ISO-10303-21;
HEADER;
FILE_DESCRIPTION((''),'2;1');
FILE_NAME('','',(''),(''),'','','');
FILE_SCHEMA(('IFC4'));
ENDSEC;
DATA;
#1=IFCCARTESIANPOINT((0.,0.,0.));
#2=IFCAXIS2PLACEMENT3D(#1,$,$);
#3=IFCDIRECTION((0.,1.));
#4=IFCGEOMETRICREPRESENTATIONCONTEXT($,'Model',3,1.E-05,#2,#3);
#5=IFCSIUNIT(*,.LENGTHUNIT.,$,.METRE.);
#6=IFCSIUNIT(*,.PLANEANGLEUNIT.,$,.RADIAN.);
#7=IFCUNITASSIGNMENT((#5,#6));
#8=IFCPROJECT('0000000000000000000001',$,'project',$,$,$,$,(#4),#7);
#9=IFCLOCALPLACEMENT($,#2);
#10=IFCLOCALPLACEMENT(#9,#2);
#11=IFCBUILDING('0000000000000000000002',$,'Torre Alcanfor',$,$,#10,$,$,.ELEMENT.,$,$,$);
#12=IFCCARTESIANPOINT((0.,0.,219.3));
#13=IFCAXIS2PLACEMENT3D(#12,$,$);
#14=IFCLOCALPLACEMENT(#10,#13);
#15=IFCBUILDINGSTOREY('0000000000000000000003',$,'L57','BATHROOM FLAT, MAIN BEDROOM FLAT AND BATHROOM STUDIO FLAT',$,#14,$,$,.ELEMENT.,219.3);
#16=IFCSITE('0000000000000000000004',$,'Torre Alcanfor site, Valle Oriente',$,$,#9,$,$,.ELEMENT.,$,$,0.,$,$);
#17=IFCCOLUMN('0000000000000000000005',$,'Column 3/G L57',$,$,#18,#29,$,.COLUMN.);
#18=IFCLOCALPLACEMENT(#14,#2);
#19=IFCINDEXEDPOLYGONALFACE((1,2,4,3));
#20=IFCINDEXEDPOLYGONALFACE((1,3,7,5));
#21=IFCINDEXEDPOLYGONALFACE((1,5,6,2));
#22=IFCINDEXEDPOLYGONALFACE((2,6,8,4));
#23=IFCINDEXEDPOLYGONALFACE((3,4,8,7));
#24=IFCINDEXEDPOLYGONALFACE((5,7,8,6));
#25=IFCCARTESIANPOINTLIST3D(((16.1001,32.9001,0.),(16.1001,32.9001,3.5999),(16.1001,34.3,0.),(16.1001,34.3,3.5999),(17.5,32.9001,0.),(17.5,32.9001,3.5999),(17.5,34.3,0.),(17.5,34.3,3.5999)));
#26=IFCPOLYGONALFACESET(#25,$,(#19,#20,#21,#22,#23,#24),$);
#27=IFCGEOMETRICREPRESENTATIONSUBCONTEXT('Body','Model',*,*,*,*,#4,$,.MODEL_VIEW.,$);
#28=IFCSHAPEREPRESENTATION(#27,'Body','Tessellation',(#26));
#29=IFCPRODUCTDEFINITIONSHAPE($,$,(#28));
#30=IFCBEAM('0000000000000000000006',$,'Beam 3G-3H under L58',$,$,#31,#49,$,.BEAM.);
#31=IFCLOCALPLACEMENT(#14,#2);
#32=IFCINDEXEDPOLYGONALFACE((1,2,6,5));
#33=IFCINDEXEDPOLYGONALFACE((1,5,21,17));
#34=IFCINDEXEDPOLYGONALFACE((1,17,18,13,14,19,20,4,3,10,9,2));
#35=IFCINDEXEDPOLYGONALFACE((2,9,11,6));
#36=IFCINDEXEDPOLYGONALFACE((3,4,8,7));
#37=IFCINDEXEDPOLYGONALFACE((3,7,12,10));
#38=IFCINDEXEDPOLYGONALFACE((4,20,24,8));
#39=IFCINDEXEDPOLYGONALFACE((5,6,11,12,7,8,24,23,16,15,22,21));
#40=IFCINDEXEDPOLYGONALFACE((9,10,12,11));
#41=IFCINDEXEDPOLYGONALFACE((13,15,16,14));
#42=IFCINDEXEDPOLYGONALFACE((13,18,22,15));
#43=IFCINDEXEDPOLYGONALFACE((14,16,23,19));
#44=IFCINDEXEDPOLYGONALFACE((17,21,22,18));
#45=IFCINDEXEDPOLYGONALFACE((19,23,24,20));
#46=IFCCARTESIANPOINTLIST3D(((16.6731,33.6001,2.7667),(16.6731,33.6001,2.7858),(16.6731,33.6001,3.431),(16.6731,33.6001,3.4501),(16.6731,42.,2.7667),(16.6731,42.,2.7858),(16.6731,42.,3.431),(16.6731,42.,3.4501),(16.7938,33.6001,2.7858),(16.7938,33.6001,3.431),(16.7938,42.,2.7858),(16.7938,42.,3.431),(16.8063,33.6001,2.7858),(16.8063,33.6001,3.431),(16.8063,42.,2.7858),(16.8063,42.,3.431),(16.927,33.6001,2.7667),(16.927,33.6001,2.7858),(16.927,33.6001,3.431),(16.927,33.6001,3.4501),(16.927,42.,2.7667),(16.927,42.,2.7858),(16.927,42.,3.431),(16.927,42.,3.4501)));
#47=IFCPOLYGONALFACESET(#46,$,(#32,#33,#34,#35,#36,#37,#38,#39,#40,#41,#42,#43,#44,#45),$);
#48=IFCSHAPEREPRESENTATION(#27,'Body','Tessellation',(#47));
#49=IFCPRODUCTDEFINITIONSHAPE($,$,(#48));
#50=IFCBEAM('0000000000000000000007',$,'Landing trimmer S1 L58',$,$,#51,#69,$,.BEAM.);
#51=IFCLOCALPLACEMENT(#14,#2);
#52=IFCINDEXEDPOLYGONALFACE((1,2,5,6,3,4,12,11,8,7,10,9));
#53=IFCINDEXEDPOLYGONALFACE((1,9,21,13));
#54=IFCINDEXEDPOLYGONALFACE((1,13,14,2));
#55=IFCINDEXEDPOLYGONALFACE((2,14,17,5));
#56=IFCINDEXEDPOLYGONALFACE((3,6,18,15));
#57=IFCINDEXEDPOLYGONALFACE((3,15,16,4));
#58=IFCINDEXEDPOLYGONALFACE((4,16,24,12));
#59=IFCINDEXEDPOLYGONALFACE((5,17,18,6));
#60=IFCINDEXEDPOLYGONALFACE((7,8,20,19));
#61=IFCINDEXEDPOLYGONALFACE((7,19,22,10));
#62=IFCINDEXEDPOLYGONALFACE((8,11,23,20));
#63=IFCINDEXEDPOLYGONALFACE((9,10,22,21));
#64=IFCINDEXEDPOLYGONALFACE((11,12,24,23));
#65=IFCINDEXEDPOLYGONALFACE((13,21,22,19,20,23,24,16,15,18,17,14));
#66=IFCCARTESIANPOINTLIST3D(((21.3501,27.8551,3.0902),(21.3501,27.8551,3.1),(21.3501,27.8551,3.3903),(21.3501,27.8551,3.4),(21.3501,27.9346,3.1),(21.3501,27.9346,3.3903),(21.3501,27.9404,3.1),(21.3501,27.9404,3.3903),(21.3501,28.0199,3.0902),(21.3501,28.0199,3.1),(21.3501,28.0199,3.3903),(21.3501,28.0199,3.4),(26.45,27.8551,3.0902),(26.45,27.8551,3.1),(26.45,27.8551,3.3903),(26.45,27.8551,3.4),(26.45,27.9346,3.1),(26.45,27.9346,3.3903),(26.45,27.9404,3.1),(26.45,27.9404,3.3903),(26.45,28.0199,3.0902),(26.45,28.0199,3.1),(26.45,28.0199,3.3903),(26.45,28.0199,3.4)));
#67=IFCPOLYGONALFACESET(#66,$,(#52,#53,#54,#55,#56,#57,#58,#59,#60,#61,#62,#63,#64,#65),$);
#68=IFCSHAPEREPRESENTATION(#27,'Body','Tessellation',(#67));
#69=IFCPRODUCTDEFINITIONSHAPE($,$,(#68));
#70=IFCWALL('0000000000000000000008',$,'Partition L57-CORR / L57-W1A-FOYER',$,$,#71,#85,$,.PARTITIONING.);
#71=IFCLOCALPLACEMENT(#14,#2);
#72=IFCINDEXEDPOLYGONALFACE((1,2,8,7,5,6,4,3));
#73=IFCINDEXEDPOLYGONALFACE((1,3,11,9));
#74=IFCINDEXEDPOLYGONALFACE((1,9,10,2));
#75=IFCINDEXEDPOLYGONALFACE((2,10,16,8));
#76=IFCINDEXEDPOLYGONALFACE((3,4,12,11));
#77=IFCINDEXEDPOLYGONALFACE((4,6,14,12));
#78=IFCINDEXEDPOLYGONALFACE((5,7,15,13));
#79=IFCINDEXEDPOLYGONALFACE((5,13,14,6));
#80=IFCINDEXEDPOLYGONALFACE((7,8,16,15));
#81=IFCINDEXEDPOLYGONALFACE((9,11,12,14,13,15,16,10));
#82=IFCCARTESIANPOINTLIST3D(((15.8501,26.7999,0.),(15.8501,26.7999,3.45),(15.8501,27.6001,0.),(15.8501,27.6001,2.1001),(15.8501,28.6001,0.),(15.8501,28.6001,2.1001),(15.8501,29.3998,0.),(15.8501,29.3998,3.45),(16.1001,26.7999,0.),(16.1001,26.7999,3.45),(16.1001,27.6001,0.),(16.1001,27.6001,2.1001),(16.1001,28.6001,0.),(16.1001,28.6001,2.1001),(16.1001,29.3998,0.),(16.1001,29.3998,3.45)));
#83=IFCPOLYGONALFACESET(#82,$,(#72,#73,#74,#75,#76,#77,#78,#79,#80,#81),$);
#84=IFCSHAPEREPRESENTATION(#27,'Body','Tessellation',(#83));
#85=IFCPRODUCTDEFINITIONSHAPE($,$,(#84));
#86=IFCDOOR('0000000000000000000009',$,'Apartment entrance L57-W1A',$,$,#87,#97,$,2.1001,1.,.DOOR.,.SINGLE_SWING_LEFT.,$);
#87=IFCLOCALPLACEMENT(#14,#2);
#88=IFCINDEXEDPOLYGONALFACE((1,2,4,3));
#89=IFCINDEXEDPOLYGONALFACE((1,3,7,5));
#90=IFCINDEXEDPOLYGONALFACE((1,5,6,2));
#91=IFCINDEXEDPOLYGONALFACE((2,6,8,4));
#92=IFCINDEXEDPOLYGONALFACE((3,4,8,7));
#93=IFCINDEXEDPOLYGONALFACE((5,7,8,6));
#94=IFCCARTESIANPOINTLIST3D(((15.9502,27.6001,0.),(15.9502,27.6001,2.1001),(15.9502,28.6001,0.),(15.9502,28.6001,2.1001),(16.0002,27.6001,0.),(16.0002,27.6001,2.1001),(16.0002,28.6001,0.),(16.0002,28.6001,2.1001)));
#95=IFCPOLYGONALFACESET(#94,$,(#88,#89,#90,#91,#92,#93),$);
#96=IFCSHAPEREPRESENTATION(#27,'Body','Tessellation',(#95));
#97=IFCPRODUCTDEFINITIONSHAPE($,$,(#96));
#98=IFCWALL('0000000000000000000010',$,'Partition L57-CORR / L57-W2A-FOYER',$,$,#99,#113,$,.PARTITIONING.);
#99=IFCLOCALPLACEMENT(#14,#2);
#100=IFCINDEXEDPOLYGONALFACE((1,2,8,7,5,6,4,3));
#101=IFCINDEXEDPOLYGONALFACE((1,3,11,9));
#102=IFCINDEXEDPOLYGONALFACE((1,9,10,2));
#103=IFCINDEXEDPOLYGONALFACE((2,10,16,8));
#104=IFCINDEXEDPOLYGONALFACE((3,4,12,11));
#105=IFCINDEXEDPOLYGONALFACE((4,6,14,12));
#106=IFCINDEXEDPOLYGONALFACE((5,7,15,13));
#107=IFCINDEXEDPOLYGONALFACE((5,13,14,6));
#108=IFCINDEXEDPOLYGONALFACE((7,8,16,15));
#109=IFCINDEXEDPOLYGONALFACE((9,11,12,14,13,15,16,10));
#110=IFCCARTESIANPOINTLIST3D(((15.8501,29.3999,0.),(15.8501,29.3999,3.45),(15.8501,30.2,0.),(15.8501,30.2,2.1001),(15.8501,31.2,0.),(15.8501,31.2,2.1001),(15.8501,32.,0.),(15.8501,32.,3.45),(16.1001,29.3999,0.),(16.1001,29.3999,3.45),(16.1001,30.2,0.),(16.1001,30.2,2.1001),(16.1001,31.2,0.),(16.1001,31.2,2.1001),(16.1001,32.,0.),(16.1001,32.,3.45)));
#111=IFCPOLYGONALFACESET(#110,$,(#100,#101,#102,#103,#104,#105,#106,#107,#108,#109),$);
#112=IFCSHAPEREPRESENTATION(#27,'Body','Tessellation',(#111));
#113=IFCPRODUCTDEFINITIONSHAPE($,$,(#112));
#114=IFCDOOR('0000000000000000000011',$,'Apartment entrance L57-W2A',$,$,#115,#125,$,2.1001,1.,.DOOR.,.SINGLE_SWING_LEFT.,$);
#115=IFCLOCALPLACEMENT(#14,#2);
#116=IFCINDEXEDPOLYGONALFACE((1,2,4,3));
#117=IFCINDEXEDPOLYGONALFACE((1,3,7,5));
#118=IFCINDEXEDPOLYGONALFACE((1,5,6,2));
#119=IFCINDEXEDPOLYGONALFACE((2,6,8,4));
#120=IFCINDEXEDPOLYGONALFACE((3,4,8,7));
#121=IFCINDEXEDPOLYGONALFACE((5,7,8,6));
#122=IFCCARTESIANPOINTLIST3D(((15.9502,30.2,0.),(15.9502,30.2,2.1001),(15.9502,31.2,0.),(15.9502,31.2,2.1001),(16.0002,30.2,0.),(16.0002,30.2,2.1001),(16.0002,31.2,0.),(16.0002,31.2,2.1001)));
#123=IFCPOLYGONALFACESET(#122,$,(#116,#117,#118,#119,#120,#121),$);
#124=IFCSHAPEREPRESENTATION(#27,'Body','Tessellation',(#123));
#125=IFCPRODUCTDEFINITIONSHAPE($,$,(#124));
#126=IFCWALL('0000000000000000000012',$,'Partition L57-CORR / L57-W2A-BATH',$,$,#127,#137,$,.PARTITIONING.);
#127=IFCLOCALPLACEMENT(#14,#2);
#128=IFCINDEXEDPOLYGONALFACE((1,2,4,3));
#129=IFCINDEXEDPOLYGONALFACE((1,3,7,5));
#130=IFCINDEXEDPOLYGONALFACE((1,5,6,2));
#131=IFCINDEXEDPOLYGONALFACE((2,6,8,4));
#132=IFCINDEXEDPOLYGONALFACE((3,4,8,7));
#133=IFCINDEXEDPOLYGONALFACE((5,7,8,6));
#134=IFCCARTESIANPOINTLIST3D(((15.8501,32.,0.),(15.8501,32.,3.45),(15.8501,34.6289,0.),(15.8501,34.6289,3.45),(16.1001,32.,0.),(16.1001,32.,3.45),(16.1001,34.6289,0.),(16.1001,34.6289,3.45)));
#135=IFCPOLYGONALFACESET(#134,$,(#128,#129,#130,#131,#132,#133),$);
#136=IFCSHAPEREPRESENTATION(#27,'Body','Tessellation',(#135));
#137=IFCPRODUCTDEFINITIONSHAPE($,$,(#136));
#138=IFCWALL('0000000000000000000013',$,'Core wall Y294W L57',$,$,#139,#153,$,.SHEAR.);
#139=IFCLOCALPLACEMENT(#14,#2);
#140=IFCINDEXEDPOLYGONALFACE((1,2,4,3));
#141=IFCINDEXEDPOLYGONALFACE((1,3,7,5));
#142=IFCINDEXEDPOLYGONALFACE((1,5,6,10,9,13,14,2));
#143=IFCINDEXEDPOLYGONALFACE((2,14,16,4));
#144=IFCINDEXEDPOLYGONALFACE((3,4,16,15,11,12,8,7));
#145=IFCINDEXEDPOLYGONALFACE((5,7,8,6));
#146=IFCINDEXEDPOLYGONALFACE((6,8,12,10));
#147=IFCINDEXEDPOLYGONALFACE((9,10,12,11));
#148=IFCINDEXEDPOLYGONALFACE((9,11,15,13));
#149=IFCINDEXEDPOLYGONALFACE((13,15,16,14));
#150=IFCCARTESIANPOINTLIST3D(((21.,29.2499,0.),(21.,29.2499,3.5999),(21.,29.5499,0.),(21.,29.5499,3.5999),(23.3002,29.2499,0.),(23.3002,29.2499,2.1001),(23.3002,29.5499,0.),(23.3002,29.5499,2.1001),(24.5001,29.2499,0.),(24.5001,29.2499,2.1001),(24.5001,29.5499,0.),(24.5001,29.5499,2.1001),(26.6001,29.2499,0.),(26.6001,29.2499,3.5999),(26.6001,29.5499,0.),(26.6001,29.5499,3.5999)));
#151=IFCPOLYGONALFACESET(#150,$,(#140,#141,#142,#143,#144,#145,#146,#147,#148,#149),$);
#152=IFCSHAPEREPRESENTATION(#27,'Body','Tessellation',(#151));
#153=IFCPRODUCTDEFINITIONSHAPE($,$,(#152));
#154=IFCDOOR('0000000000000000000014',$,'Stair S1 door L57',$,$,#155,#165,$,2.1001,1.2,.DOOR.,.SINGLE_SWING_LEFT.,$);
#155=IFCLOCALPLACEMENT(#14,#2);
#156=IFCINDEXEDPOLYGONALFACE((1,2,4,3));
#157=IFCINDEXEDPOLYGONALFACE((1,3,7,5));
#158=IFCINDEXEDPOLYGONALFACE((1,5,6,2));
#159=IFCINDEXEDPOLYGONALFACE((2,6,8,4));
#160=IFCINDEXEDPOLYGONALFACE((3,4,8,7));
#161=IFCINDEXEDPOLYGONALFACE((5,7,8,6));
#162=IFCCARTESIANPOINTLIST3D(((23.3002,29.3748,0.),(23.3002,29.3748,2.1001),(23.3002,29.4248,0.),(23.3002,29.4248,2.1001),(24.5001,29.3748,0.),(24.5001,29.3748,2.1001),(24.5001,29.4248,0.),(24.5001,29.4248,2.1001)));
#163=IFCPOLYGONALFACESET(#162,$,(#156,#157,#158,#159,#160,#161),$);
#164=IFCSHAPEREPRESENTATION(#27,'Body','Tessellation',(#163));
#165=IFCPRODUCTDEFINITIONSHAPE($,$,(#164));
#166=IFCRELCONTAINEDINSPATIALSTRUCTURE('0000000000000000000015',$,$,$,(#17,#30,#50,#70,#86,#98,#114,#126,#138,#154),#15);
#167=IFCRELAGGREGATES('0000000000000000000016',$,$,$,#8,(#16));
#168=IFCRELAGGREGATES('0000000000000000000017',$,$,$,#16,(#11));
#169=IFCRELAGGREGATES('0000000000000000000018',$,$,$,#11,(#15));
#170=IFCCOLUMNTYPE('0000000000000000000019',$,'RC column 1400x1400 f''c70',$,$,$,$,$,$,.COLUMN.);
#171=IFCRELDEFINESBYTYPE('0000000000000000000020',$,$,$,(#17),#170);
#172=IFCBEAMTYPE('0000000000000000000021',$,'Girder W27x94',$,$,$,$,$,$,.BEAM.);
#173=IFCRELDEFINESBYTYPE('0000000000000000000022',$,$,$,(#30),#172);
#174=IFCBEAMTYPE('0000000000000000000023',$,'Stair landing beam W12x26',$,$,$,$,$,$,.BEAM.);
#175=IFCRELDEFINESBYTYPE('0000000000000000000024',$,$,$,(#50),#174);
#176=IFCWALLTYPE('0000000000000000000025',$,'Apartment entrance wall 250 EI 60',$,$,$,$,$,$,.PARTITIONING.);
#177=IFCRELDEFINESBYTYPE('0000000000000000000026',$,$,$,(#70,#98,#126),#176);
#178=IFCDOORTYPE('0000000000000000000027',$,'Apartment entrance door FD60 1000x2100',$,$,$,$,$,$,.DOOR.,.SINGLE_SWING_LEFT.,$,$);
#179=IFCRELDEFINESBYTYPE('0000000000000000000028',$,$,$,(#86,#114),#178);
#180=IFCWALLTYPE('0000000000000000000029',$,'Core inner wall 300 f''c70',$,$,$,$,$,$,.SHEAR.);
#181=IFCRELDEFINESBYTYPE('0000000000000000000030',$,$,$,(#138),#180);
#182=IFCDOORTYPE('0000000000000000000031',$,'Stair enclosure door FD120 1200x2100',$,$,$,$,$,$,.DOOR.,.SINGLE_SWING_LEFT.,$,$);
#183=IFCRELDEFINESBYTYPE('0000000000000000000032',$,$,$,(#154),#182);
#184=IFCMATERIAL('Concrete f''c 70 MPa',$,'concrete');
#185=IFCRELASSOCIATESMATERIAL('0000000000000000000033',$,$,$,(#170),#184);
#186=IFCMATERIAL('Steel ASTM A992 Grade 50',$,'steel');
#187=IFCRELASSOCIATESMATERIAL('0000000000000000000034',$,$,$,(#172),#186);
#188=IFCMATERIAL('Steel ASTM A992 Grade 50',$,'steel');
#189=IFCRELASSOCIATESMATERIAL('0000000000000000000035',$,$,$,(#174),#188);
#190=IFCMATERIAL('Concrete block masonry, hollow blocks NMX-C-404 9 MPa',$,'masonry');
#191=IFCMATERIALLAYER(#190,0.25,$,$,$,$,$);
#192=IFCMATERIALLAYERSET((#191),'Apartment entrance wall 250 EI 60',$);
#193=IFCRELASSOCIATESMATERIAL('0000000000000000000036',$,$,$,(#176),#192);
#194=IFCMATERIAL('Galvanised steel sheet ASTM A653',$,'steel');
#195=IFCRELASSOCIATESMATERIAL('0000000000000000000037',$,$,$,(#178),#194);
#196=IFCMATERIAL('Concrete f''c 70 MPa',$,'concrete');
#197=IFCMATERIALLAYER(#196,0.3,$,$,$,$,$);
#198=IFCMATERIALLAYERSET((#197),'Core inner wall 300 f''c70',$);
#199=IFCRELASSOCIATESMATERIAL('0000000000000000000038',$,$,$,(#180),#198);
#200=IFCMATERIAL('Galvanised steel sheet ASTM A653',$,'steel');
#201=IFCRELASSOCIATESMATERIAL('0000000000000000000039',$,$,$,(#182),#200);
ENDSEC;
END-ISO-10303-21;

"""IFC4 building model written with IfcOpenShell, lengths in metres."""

from ifc_helpers import new_model, si_unit, direction, frame, frame_2d, origin, origin_2d, place, context, subcontext, project, spatial, rectangle, i_section, extrude, material, layer, layer_set, material_profile, profile_set, type_object, element, fill, save


model = new_model("IFC4")

# Units and contexts
model_context = context("Model", 3, precision=1e-05, world=origin(), true_north=direction((0.0, 1.0)))
body_context = subcontext(model_context, "Body", "Model", "MODEL_VIEW")
ifc_project = project(units=[si_unit("LENGTHUNIT", "METRE"), si_unit("PLANEANGLEUNIT", "RADIAN")], contexts=[model_context])

# Site, building, storey
site_placement = place(None, origin())
site = spatial("IfcSite", under=ifc_project, at=site_placement, Name="Torre Alcanfor site, Valle Oriente", CompositionType="ELEMENT", RefElevation=0.0)
building_placement = place(site_placement, origin())
building = spatial("IfcBuilding", under=site, at=building_placement, Name="Torre Alcanfor", CompositionType="ELEMENT")
storey_placement = place(building_placement, frame((0.0, 0.0, 219.3)))
storey = spatial("IfcBuildingStorey", under=building, at=storey_placement, Name="L57", Description="BATHROOM FLAT, MAIN BEDROOM FLAT AND BATHROOM STUDIO FLAT", CompositionType="ELEMENT", Elevation=219.3)

# Column
ifc_material_1 = material(Name="Concrete f'c 70 MPa", Category="concrete")
ifc_material_profile_1 = material_profile(ifc_material_1, rectangle(XDim=1.3999, YDim=1.3999, at=origin_2d()), Name="1400x1400")
ifc_profile_set_1 = profile_set([ifc_material_profile_1], Name="Concrete f'c 70 MPa")
column_type = type_object("IfcColumnType", Name="RC column 1400x1400 f'c70", PredefinedType="COLUMN", material=ifc_profile_set_1)
column_placement = place(storey_placement, frame((16.8, 33.6001, 0.0), z_axis=(0.0, 0.0, 1.0), x_axis=(1.0, 0.0, 0.0)))
element("IfcColumn", 1, at=column_placement, inside=storey, type_object=column_type, Name="Column 3/G L57", PredefinedType="COLUMN", context=body_context, shape_type="SweptSolid", body=[
    extrude(rectangle(XDim=1.3999, YDim=1.3999, at=origin_2d()), origin(), (0.0, 0.0, 1.0), 3.5999),
])

# Beams
ifc_material_2 = material(Name="Steel ASTM A992 Grade 50", Category="steel")
ifc_material_profile_2 = material_profile(ifc_material_2, i_section(OverallWidth=0.2539, OverallDepth=0.6833, WebThickness=0.0125, FlangeThickness=0.019, at=origin_2d()), Name="W27x94")
ifc_profile_set_2 = profile_set([ifc_material_profile_2], Name="Steel ASTM A992 Grade 50")
beam_type_1 = type_object("IfcBeamType", Name="Girder W27x94", PredefinedType="BEAM", material=ifc_profile_set_2)
beam_1_placement = place(storey_placement, frame((16.8, 33.6001, 3.1084), z_axis=(0.0, 1.0, 0.0), x_axis=(-1.0, 0.0, 0.0)))
element("IfcBeam", 2, at=beam_1_placement, inside=storey, type_object=beam_type_1, Name="Beam 3G-3H under L58", PredefinedType="BEAM", context=body_context, shape_type="SweptSolid", body=[
    extrude(i_section(OverallWidth=0.2539, OverallDepth=0.6833, WebThickness=0.0125, FlangeThickness=0.019, at=origin_2d()), origin(), (0.0, 0.0, 1.0), 8.3999),
])
ifc_material_3 = material(Name="Steel ASTM A992 Grade 50", Category="steel")
ifc_material_profile_3 = material_profile(ifc_material_3, i_section(OverallWidth=0.1648, OverallDepth=0.3098, WebThickness=0.0059, FlangeThickness=0.0098, at=origin_2d()), Name="W12x26")
ifc_profile_set_3 = profile_set([ifc_material_profile_3], Name="Steel ASTM A992 Grade 50")
beam_type_2 = type_object("IfcBeamType", Name="Stair landing beam W12x26", PredefinedType="BEAM", material=ifc_profile_set_3)
beam_2_placement = place(storey_placement, frame((21.3501, 27.9375, 3.2451), z_axis=(1.0, 0.0, 0.0), x_axis=(0.0, 1.0, 0.0)))
element("IfcBeam", 3, at=beam_2_placement, inside=storey, type_object=beam_type_2, Name="Landing trimmer S1 L58", PredefinedType="BEAM", context=body_context, shape_type="SweptSolid", body=[
    extrude(i_section(OverallWidth=0.1648, OverallDepth=0.3098, WebThickness=0.0059, FlangeThickness=0.0098, at=origin_2d()), origin(), (0.0, 0.0, 1.0), 5.0999),
])

# Walls, openings, doors
ifc_material_4 = material(Name="Concrete block masonry, hollow blocks NMX-C-404 9 MPa", Category="masonry")
ifc_layer_1 = layer(ifc_material_4, 0.25)
ifc_layer_set_1 = layer_set([ifc_layer_1], Name="Apartment entrance wall 250 EI 60")
wall_type_1 = type_object("IfcWallType", Name="Apartment entrance wall 250 EI 60", PredefinedType="PARTITIONING", material=ifc_layer_set_1)
wall_1_placement = place(storey_placement, frame((15.9751, 26.8, 0.0), z_axis=(0.0, 0.0, 1.0), x_axis=(0.0, 1.0, 0.0)))
wall_1 = element("IfcWall", 4, at=wall_1_placement, inside=storey, type_object=wall_type_1, Name="Partition L57-CORR / L57-W1A-FOYER", PredefinedType="PARTITIONING", context=body_context, shape_type="SweptSolid", body=[
    extrude(rectangle(XDim=2.5999, YDim=0.25, at=frame_2d((1.2998, 0.0))), origin(), (0.0, 0.0, 1.0), 3.45),
])
opening_1_placement = place(wall_1_placement, frame((0.8, 0.0, 0.0)))
opening_1 = element("IfcOpeningElement", 5, at=opening_1_placement, cuts=wall_1, PredefinedType="OPENING", context=body_context, shape_type="SweptSolid", body=[
    extrude(rectangle(XDim=1.0, YDim=2.1001, at=frame_2d((0.5, 1.05))), frame((0.0, 0.135, 0.0), z_axis=(0.0, -1.0, 0.0), x_axis=(1.0, 0.0, 0.0)), (0.0, 0.0, 1.0), 0.27),
])
ifc_material_5 = material(Name="Galvanised steel sheet ASTM A653", Category="steel")
door_type_1 = type_object("IfcDoorType", Name="Apartment entrance door FD60 1000x2100", OperationType="SINGLE_SWING_LEFT", PredefinedType="DOOR", material=ifc_material_5)
door_1_placement = place(opening_1_placement, origin())
door_1 = element("IfcDoor", 6, at=door_1_placement, inside=storey, type_object=door_type_1, Name="Apartment entrance L57-W1A", OperationType="SINGLE_SWING_LEFT", OverallHeight=2.1001, OverallWidth=1.0, PredefinedType="DOOR", context=body_context, shape_type="SweptSolid", body=[
    extrude(rectangle(XDim=1.0, YDim=2.1001, at=frame_2d((0.5, 1.05))), frame((0.0, 0.0249, 0.0), z_axis=(0.0, -1.0, 0.0), x_axis=(1.0, 0.0, 0.0)), (0.0, 0.0, 1.0), 0.05),
])
fill(opening_1, door_1)
wall_2_placement = place(storey_placement, frame((15.9751, 29.3999, 0.0), z_axis=(0.0, 0.0, 1.0), x_axis=(0.0, 1.0, 0.0)))
wall_2 = element("IfcWall", 7, at=wall_2_placement, inside=storey, type_object=wall_type_1, Name="Partition L57-CORR / L57-W2A-FOYER", PredefinedType="PARTITIONING", context=body_context, shape_type="SweptSolid", body=[
    extrude(rectangle(XDim=2.6001, YDim=0.25, at=frame_2d((1.3, 0.0))), origin(), (0.0, 0.0, 1.0), 3.45),
])
opening_2_placement = place(wall_2_placement, frame((0.8, 0.0, 0.0)))
opening_2 = element("IfcOpeningElement", 8, at=opening_2_placement, cuts=wall_2, PredefinedType="OPENING", context=body_context, shape_type="SweptSolid", body=[
    extrude(rectangle(XDim=1.0, YDim=2.1001, at=frame_2d((0.5, 1.05))), frame((0.0, 0.135, 0.0), z_axis=(0.0, -1.0, 0.0), x_axis=(1.0, 0.0, 0.0)), (0.0, 0.0, 1.0), 0.27),
])
door_2_placement = place(opening_2_placement, origin())
door_2 = element("IfcDoor", 9, at=door_2_placement, inside=storey, type_object=door_type_1, Name="Apartment entrance L57-W2A", OperationType="SINGLE_SWING_LEFT", OverallHeight=2.1001, OverallWidth=1.0, PredefinedType="DOOR", context=body_context, shape_type="SweptSolid", body=[
    extrude(rectangle(XDim=1.0, YDim=2.1001, at=frame_2d((0.5, 1.05))), frame((0.0, 0.0249, 0.0), z_axis=(0.0, -1.0, 0.0), x_axis=(1.0, 0.0, 0.0)), (0.0, 0.0, 1.0), 0.05),
])
fill(opening_2, door_2)

# Wall
wall_3_placement = place(storey_placement, frame((15.9751, 32.0, 0.0), z_axis=(0.0, 0.0, 1.0), x_axis=(0.0, 1.0, 0.0)))
element("IfcWall", 10, at=wall_3_placement, inside=storey, type_object=wall_type_1, Name="Partition L57-CORR / L57-W2A-BATH", PredefinedType="PARTITIONING", context=body_context, shape_type="SweptSolid", body=[
    extrude(rectangle(XDim=2.6289, YDim=0.25, at=frame_2d((1.3145, 0.0))), origin(), (0.0, 0.0, 1.0), 3.45),
])

# Wall, opening, door
ifc_material_6 = material(Name="Concrete f'c 70 MPa", Category="concrete")
ifc_layer_2 = layer(ifc_material_6, 0.3)
ifc_layer_set_2 = layer_set([ifc_layer_2], Name="Core inner wall 300 f'c70")
wall_type_2 = type_object("IfcWallType", Name="Core inner wall 300 f'c70", PredefinedType="SHEAR", material=ifc_layer_set_2)
wall_4_placement = place(storey_placement, frame((21.0, 29.3999, 0.0), z_axis=(0.0, 0.0, 1.0), x_axis=(1.0, 0.0, 0.0)))
wall_4 = element("IfcWall", 11, at=wall_4_placement, inside=storey, type_object=wall_type_2, Name="Core wall Y294W L57", PredefinedType="SHEAR", context=body_context, shape_type="SweptSolid", body=[
    extrude(rectangle(XDim=5.6001, YDim=0.3, at=frame_2d((2.8, 0.0))), origin(), (0.0, 0.0, 1.0), 3.5999),
])
opening_3_placement = place(wall_4_placement, frame((2.3, 0.0, 0.0)))
opening_3 = element("IfcOpeningElement", 12, at=opening_3_placement, cuts=wall_4, PredefinedType="OPENING", context=body_context, shape_type="SweptSolid", body=[
    extrude(rectangle(XDim=1.2, YDim=2.1001, at=frame_2d((0.6001, 1.05))), frame((0.0, 0.1599, 0.0), z_axis=(0.0, -1.0, 0.0), x_axis=(1.0, 0.0, 0.0)), (0.0, 0.0, 1.0), 0.3201),
])
ifc_material_7 = material(Name="Galvanised steel sheet ASTM A653", Category="steel")
door_type_2 = type_object("IfcDoorType", Name="Stair enclosure door FD120 1200x2100", OperationType="SINGLE_SWING_LEFT", PredefinedType="DOOR", material=ifc_material_7)
door_3_placement = place(opening_3_placement, frame((1.2, 0.0, 0.0), z_axis=(0.0, 0.0, 1.0), x_axis=(-1.0, 0.0, 0.0)))
door_3 = element("IfcDoor", 13, at=door_3_placement, inside=storey, type_object=door_type_2, Name="Stair S1 door L57", OperationType="SINGLE_SWING_LEFT", OverallHeight=2.1001, OverallWidth=1.2, PredefinedType="DOOR", context=body_context, shape_type="SweptSolid", body=[
    extrude(rectangle(XDim=1.2, YDim=2.1001, at=frame_2d((0.5999, 1.05))), frame((0.0, 0.0251, 0.0), z_axis=(0.0, -1.0, 0.0), x_axis=(1.0, 0.0, 0.0)), (0.0, 0.0, 1.0), 0.05),
])
fill(opening_3, door_3)

save(model, "model.ifc")
